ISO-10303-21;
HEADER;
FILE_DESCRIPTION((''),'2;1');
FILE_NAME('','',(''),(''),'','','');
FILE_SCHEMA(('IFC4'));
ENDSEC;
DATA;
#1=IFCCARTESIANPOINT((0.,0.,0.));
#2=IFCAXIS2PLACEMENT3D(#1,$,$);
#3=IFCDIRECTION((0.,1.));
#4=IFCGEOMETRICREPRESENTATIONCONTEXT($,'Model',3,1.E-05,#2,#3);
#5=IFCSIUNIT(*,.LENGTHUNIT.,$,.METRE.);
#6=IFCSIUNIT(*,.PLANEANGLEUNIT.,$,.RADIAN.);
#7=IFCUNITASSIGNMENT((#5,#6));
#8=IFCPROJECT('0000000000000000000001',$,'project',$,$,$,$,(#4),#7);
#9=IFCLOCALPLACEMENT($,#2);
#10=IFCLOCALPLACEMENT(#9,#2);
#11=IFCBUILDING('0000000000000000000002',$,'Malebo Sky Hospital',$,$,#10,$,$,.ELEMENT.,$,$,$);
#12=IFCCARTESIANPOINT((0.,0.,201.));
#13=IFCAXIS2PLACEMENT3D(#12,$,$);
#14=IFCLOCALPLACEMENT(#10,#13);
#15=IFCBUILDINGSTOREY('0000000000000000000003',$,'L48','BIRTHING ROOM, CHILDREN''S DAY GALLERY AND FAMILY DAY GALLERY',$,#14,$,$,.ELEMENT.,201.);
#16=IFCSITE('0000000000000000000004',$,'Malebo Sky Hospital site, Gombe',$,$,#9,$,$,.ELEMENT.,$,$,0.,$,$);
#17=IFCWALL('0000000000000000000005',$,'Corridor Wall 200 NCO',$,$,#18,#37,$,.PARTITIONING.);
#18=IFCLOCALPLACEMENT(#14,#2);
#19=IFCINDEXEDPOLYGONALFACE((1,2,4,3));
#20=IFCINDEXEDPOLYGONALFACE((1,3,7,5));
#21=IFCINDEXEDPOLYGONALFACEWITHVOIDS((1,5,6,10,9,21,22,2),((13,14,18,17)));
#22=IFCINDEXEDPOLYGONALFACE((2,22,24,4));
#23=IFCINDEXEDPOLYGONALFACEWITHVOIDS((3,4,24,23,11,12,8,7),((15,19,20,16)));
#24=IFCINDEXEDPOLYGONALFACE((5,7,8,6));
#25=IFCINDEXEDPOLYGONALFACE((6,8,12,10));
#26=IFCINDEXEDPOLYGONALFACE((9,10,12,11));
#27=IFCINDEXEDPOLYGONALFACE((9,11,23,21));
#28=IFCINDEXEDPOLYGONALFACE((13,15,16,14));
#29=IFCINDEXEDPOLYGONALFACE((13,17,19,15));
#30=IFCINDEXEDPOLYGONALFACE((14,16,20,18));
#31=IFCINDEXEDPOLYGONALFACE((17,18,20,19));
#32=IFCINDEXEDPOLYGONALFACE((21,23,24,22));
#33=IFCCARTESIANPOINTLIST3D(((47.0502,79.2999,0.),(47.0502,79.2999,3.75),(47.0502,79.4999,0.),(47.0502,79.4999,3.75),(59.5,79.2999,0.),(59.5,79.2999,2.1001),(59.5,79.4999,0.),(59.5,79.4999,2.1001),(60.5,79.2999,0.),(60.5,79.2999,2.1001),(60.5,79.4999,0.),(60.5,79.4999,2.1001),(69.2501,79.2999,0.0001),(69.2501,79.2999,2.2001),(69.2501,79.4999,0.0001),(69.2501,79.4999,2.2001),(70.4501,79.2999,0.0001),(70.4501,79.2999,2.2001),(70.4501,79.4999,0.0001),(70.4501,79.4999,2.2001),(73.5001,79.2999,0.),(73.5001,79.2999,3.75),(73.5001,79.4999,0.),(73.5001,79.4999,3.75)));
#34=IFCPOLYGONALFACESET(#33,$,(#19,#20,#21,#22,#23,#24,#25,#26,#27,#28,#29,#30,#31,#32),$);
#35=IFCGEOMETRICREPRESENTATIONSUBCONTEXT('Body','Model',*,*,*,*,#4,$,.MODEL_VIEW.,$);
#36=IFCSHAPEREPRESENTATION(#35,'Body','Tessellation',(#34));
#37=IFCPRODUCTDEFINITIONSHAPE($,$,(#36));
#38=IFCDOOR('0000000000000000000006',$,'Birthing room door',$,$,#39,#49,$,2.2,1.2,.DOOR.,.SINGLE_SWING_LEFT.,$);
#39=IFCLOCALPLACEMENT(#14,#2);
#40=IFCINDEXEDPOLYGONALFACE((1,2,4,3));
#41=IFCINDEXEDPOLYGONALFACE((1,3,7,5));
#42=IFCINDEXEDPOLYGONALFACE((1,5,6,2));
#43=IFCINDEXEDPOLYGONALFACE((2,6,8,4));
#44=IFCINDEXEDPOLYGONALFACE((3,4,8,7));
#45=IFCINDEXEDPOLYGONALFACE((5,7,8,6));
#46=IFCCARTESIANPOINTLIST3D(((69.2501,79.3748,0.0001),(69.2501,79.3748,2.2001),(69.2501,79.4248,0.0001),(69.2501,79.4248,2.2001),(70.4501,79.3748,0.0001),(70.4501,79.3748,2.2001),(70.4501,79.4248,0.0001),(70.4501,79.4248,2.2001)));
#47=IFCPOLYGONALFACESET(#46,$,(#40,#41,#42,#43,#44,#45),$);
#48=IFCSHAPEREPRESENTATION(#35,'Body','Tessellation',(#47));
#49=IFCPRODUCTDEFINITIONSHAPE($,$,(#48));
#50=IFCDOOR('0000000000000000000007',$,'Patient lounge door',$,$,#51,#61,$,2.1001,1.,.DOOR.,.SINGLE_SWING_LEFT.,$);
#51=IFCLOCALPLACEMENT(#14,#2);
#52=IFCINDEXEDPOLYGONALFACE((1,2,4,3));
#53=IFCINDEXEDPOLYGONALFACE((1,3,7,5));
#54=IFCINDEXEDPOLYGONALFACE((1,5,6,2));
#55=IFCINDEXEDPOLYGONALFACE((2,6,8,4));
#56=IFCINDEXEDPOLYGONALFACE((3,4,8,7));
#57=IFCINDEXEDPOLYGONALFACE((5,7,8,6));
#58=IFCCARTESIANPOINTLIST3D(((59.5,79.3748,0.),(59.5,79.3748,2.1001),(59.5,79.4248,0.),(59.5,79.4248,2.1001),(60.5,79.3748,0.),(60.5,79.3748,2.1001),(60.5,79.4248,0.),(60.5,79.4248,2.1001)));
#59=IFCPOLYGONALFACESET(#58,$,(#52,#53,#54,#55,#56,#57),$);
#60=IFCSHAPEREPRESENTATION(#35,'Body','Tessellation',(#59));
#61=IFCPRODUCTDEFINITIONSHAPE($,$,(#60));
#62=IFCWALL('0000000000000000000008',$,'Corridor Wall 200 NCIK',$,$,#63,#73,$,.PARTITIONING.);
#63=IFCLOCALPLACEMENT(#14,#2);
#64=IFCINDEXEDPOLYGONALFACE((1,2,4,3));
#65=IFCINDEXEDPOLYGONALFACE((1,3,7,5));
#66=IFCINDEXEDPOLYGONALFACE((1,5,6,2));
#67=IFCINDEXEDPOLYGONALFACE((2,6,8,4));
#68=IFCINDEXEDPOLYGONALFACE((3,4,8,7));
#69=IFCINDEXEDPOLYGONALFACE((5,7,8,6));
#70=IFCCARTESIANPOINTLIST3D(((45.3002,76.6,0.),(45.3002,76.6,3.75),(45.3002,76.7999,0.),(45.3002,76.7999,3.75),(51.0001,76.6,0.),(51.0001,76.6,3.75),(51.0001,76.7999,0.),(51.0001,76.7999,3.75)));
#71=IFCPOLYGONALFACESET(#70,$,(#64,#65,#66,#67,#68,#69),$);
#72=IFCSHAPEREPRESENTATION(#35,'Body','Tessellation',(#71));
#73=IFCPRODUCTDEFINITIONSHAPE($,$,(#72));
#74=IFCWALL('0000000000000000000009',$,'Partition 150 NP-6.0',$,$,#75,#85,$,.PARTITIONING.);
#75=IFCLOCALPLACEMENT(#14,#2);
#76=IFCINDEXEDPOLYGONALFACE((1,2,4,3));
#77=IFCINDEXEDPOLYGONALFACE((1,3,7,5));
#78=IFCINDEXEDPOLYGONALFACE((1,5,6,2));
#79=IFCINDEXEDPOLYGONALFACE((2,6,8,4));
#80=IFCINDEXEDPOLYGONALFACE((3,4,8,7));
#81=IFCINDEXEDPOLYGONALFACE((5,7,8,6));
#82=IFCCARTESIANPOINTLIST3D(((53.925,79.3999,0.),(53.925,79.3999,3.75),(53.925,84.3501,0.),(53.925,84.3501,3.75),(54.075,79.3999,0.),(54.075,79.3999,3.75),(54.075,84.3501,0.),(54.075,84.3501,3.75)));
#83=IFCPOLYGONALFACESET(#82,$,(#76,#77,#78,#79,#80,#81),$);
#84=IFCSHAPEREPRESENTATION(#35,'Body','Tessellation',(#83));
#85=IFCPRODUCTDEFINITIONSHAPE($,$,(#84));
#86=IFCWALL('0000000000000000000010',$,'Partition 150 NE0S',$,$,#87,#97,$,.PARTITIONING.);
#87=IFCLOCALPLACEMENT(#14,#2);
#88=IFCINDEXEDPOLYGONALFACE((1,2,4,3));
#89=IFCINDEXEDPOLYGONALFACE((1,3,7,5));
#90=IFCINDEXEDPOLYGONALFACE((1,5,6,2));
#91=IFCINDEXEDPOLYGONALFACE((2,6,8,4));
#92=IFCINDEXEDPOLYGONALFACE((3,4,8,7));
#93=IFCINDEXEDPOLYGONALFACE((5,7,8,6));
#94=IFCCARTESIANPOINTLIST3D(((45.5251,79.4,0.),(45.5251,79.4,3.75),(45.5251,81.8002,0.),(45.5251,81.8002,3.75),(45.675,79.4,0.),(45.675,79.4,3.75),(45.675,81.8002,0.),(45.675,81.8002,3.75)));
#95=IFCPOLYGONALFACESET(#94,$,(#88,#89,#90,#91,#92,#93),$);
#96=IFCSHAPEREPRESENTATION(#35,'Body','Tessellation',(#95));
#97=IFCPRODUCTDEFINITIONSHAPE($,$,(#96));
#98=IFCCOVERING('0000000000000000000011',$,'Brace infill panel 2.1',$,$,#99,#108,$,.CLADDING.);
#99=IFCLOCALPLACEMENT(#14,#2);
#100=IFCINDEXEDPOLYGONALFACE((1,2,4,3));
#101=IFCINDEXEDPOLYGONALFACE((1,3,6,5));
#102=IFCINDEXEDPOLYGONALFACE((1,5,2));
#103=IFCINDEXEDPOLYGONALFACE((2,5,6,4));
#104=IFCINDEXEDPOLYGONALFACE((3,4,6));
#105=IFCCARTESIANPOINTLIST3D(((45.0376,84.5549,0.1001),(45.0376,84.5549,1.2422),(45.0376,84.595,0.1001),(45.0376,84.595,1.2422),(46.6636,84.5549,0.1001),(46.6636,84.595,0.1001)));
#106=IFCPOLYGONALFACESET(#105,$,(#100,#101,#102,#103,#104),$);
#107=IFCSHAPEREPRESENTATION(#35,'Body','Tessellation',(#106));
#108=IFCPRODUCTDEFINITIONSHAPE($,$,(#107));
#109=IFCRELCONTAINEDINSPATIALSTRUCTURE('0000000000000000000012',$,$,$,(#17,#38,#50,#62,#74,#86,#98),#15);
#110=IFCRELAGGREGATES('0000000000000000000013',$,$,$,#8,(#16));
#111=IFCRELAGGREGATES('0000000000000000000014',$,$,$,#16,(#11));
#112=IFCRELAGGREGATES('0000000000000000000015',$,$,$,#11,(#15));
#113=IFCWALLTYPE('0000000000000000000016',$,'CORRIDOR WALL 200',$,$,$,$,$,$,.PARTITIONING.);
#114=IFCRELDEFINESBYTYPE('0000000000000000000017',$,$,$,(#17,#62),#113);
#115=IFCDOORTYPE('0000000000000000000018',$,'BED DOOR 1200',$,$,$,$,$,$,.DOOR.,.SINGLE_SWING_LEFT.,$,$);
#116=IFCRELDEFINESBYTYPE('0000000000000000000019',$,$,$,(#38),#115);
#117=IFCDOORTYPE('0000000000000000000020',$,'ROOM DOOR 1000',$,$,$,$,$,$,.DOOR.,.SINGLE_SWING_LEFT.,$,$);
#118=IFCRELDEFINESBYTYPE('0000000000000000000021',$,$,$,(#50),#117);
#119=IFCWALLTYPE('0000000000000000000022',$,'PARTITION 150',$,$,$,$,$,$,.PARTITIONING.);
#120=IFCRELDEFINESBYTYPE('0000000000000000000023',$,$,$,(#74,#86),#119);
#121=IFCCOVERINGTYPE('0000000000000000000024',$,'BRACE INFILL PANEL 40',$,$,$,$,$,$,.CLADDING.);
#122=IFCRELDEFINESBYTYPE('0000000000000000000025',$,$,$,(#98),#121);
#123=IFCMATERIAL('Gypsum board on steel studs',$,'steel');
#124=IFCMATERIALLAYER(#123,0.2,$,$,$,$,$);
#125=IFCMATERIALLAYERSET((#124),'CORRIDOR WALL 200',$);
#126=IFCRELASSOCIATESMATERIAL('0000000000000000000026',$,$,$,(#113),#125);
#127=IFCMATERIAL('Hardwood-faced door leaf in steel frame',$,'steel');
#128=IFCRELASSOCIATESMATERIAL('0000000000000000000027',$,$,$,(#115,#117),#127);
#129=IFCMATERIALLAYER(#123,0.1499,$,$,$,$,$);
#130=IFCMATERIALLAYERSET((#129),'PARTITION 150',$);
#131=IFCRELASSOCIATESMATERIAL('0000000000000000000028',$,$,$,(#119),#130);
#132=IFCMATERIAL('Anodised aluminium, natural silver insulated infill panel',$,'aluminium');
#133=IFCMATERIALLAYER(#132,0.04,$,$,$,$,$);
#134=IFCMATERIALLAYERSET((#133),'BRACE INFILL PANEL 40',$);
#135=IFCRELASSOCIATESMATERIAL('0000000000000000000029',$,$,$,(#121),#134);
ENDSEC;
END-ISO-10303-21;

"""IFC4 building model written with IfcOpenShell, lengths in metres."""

from ifc_helpers import new_model, si_unit, direction, frame, frame_2d, origin, place, context, subcontext, project, spatial, polyline, rectangle, outline, extrude, material, layer, layer_set, type_object, element, fill, save


model = new_model("IFC4")

# Units and contexts
model_context = context("Model", 3, precision=1e-05, world=origin(), true_north=direction((0.0, 1.0)))
body_context = subcontext(model_context, "Body", "Model", "MODEL_VIEW")
ifc_project = project(units=[si_unit("LENGTHUNIT", "METRE"), si_unit("PLANEANGLEUNIT", "RADIAN")], contexts=[model_context])

# Site, building, storey
site_placement = place(None, origin())
site = spatial("IfcSite", under=ifc_project, at=site_placement, Name="Malebo Sky Hospital site, Gombe", CompositionType="ELEMENT", RefElevation=0.0)
building_placement = place(site_placement, origin())
building = spatial("IfcBuilding", under=site, at=building_placement, Name="Malebo Sky Hospital", CompositionType="ELEMENT")
storey_placement = place(building_placement, frame((0.0, 0.0, 201.0)))
storey = spatial("IfcBuildingStorey", under=building, at=storey_placement, Name="L48", Description="BIRTHING ROOM, CHILDREN'S DAY GALLERY AND FAMILY DAY GALLERY", CompositionType="ELEMENT", Elevation=201.0)

# Wall, openings, doors
ifc_material_1 = material(Name="Gypsum board on steel studs", Category="steel")
ifc_layer_1 = layer(ifc_material_1, 0.2)
ifc_layer_set_1 = layer_set([ifc_layer_1], Name="CORRIDOR WALL 200")
wall_type_1 = type_object("IfcWallType", Name="CORRIDOR WALL 200", PredefinedType="PARTITIONING", material=ifc_layer_set_1)
wall_1_placement = place(storey_placement, frame((47.05, 79.3999, 0.0), z_axis=(0.0, 0.0, 1.0), x_axis=(1.0, 0.0, 0.0)))
wall_1 = element("IfcWall", 1, at=wall_1_placement, inside=storey, type_object=wall_type_1, Name="Corridor Wall 200 NCO", PredefinedType="PARTITIONING", context=body_context, shape_type="SweptSolid", body=[
    extrude(rectangle(XDim=26.45, YDim=0.2, at=frame_2d((13.2251, 0.0))), origin(), (0.0, 0.0, 1.0), 3.75),
])
opening_1_placement = place(wall_1_placement, frame((12.45, 0.0, 0.0)))
opening_1 = element("IfcOpeningElement", 2, at=opening_1_placement, cuts=wall_1, PredefinedType="OPENING", context=body_context, shape_type="SweptSolid", body=[
    extrude(rectangle(XDim=1.0, YDim=2.1001, at=frame_2d((0.5, 1.05))), frame((0.0, 0.1099, 0.0), z_axis=(0.0, -1.0, 0.0), x_axis=(1.0, 0.0, 0.0)), (0.0, 0.0, 1.0), 0.22),
])
opening_2_placement = place(wall_1_placement, frame((22.2, 0.0, 0.0)))
opening_2 = element("IfcOpeningElement", 3, at=opening_2_placement, cuts=wall_1, PredefinedType="OPENING", context=body_context, shape_type="SweptSolid", body=[
    extrude(rectangle(XDim=1.2, YDim=2.2, at=frame_2d((0.6001, 1.1001))), frame((0.0, 0.1099, 0.0), z_axis=(0.0, -1.0, 0.0), x_axis=(1.0, 0.0, 0.0)), (0.0, 0.0, 1.0), 0.22),
])
ifc_material_2 = material(Name="Hardwood-faced door leaf in steel frame", Category="steel")
door_type_1 = type_object("IfcDoorType", Name="BED DOOR 1200", OperationType="SINGLE_SWING_LEFT", PredefinedType="DOOR", material=ifc_material_2)
door_1_placement = place(opening_2_placement, origin())
door_1 = element("IfcDoor", 4, at=door_1_placement, inside=storey, type_object=door_type_1, Name="Birthing room door", OperationType="SINGLE_SWING_LEFT", OverallHeight=2.2, OverallWidth=1.2, PredefinedType="DOOR", context=body_context, shape_type="SweptSolid", body=[
    extrude(rectangle(XDim=1.2, YDim=2.2, at=frame_2d((0.6001, 1.1001))), frame((0.0, 0.0249, 0.0), z_axis=(0.0, -1.0, 0.0), x_axis=(1.0, 0.0, 0.0)), (0.0, 0.0, 1.0), 0.05),
])
fill(opening_2, door_1)
door_type_2 = type_object("IfcDoorType", Name="ROOM DOOR 1000", OperationType="SINGLE_SWING_LEFT", PredefinedType="DOOR", material=ifc_material_2)
door_2_placement = place(opening_1_placement, origin())
door_2 = element("IfcDoor", 5, at=door_2_placement, inside=storey, type_object=door_type_2, Name="Patient lounge door", OperationType="SINGLE_SWING_LEFT", OverallHeight=2.1001, OverallWidth=1.0, PredefinedType="DOOR", context=body_context, shape_type="SweptSolid", body=[
    extrude(rectangle(XDim=1.0, YDim=2.1001, at=frame_2d((0.5, 1.05))), frame((0.0, 0.0249, 0.0), z_axis=(0.0, -1.0, 0.0), x_axis=(1.0, 0.0, 0.0)), (0.0, 0.0, 1.0), 0.05),
])
fill(opening_1, door_2)

# Walls
wall_2_placement = place(storey_placement, frame((45.3, 76.7, 0.0), z_axis=(0.0, 0.0, 1.0), x_axis=(1.0, 0.0, 0.0)))
element("IfcWall", 6, at=wall_2_placement, inside=storey, type_object=wall_type_1, Name="Corridor Wall 200 NCIK", PredefinedType="PARTITIONING", context=body_context, shape_type="SweptSolid", body=[
    extrude(rectangle(XDim=5.7, YDim=0.2, at=frame_2d((2.8501, 0.0))), origin(), (0.0, 0.0, 1.0), 3.75),
])
ifc_layer_2 = layer(ifc_material_1, 0.1499)
ifc_layer_set_2 = layer_set([ifc_layer_2], Name="PARTITION 150")
wall_type_2 = type_object("IfcWallType", Name="PARTITION 150", PredefinedType="PARTITIONING", material=ifc_layer_set_2)
wall_3_placement = place(storey_placement, frame((54.0, 79.3999, 0.0), z_axis=(0.0, 0.0, 1.0), x_axis=(0.0, 1.0, 0.0)))
element("IfcWall", 7, at=wall_3_placement, inside=storey, type_object=wall_type_2, Name="Partition 150 NP-6.0", PredefinedType="PARTITIONING", context=body_context, shape_type="SweptSolid", body=[
    extrude(rectangle(XDim=4.9502, YDim=0.1499, at=frame_2d((2.4751, 0.0))), origin(), (0.0, 0.0, 1.0), 3.75),
])
wall_4_placement = place(storey_placement, frame((45.6001, 79.3999, 0.0), z_axis=(0.0, 0.0, 1.0), x_axis=(0.0, 1.0, 0.0)))
element("IfcWall", 8, at=wall_4_placement, inside=storey, type_object=wall_type_2, Name="Partition 150 NE0S", PredefinedType="PARTITIONING", context=body_context, shape_type="SweptSolid", body=[
    extrude(rectangle(XDim=2.4001, YDim=0.1499, at=frame_2d((1.2002, 0.0))), origin(), (0.0, 0.0, 1.0), 3.75),
])

# Covering
ifc_material_3 = material(Name="Anodised aluminium, natural silver insulated infill panel", Category="aluminium")
ifc_layer_3 = layer(ifc_material_3, 0.04)
ifc_layer_set_3 = layer_set([ifc_layer_3], Name="BRACE INFILL PANEL 40")
covering_type = type_object("IfcCoveringType", Name="BRACE INFILL PANEL 40", PredefinedType="CLADDING", material=ifc_layer_set_3)
covering_placement = place(storey_placement, frame((45.8506, 84.575, 0.1001), z_axis=(0.0, 0.0, 1.0), x_axis=(1.0, 0.0, 0.0)))
element("IfcCovering", 9, at=covering_placement, inside=storey, type_object=covering_type, Name="Brace infill panel 2.1", PredefinedType="CLADDING", context=body_context, shape_type="SweptSolid", body=[
    extrude(outline(polyline([(-0.813, 0.0), (0.813, 0.0), (-0.813, 1.1421), (-0.813, 0.0)])), frame((0.0, 0.02, 0.0), z_axis=(0.0, -1.0, 0.0), x_axis=(1.0, 0.0, 0.0)), (0.0, 0.0, 1.0), 0.04),
])

save(model, "model.ifc")
